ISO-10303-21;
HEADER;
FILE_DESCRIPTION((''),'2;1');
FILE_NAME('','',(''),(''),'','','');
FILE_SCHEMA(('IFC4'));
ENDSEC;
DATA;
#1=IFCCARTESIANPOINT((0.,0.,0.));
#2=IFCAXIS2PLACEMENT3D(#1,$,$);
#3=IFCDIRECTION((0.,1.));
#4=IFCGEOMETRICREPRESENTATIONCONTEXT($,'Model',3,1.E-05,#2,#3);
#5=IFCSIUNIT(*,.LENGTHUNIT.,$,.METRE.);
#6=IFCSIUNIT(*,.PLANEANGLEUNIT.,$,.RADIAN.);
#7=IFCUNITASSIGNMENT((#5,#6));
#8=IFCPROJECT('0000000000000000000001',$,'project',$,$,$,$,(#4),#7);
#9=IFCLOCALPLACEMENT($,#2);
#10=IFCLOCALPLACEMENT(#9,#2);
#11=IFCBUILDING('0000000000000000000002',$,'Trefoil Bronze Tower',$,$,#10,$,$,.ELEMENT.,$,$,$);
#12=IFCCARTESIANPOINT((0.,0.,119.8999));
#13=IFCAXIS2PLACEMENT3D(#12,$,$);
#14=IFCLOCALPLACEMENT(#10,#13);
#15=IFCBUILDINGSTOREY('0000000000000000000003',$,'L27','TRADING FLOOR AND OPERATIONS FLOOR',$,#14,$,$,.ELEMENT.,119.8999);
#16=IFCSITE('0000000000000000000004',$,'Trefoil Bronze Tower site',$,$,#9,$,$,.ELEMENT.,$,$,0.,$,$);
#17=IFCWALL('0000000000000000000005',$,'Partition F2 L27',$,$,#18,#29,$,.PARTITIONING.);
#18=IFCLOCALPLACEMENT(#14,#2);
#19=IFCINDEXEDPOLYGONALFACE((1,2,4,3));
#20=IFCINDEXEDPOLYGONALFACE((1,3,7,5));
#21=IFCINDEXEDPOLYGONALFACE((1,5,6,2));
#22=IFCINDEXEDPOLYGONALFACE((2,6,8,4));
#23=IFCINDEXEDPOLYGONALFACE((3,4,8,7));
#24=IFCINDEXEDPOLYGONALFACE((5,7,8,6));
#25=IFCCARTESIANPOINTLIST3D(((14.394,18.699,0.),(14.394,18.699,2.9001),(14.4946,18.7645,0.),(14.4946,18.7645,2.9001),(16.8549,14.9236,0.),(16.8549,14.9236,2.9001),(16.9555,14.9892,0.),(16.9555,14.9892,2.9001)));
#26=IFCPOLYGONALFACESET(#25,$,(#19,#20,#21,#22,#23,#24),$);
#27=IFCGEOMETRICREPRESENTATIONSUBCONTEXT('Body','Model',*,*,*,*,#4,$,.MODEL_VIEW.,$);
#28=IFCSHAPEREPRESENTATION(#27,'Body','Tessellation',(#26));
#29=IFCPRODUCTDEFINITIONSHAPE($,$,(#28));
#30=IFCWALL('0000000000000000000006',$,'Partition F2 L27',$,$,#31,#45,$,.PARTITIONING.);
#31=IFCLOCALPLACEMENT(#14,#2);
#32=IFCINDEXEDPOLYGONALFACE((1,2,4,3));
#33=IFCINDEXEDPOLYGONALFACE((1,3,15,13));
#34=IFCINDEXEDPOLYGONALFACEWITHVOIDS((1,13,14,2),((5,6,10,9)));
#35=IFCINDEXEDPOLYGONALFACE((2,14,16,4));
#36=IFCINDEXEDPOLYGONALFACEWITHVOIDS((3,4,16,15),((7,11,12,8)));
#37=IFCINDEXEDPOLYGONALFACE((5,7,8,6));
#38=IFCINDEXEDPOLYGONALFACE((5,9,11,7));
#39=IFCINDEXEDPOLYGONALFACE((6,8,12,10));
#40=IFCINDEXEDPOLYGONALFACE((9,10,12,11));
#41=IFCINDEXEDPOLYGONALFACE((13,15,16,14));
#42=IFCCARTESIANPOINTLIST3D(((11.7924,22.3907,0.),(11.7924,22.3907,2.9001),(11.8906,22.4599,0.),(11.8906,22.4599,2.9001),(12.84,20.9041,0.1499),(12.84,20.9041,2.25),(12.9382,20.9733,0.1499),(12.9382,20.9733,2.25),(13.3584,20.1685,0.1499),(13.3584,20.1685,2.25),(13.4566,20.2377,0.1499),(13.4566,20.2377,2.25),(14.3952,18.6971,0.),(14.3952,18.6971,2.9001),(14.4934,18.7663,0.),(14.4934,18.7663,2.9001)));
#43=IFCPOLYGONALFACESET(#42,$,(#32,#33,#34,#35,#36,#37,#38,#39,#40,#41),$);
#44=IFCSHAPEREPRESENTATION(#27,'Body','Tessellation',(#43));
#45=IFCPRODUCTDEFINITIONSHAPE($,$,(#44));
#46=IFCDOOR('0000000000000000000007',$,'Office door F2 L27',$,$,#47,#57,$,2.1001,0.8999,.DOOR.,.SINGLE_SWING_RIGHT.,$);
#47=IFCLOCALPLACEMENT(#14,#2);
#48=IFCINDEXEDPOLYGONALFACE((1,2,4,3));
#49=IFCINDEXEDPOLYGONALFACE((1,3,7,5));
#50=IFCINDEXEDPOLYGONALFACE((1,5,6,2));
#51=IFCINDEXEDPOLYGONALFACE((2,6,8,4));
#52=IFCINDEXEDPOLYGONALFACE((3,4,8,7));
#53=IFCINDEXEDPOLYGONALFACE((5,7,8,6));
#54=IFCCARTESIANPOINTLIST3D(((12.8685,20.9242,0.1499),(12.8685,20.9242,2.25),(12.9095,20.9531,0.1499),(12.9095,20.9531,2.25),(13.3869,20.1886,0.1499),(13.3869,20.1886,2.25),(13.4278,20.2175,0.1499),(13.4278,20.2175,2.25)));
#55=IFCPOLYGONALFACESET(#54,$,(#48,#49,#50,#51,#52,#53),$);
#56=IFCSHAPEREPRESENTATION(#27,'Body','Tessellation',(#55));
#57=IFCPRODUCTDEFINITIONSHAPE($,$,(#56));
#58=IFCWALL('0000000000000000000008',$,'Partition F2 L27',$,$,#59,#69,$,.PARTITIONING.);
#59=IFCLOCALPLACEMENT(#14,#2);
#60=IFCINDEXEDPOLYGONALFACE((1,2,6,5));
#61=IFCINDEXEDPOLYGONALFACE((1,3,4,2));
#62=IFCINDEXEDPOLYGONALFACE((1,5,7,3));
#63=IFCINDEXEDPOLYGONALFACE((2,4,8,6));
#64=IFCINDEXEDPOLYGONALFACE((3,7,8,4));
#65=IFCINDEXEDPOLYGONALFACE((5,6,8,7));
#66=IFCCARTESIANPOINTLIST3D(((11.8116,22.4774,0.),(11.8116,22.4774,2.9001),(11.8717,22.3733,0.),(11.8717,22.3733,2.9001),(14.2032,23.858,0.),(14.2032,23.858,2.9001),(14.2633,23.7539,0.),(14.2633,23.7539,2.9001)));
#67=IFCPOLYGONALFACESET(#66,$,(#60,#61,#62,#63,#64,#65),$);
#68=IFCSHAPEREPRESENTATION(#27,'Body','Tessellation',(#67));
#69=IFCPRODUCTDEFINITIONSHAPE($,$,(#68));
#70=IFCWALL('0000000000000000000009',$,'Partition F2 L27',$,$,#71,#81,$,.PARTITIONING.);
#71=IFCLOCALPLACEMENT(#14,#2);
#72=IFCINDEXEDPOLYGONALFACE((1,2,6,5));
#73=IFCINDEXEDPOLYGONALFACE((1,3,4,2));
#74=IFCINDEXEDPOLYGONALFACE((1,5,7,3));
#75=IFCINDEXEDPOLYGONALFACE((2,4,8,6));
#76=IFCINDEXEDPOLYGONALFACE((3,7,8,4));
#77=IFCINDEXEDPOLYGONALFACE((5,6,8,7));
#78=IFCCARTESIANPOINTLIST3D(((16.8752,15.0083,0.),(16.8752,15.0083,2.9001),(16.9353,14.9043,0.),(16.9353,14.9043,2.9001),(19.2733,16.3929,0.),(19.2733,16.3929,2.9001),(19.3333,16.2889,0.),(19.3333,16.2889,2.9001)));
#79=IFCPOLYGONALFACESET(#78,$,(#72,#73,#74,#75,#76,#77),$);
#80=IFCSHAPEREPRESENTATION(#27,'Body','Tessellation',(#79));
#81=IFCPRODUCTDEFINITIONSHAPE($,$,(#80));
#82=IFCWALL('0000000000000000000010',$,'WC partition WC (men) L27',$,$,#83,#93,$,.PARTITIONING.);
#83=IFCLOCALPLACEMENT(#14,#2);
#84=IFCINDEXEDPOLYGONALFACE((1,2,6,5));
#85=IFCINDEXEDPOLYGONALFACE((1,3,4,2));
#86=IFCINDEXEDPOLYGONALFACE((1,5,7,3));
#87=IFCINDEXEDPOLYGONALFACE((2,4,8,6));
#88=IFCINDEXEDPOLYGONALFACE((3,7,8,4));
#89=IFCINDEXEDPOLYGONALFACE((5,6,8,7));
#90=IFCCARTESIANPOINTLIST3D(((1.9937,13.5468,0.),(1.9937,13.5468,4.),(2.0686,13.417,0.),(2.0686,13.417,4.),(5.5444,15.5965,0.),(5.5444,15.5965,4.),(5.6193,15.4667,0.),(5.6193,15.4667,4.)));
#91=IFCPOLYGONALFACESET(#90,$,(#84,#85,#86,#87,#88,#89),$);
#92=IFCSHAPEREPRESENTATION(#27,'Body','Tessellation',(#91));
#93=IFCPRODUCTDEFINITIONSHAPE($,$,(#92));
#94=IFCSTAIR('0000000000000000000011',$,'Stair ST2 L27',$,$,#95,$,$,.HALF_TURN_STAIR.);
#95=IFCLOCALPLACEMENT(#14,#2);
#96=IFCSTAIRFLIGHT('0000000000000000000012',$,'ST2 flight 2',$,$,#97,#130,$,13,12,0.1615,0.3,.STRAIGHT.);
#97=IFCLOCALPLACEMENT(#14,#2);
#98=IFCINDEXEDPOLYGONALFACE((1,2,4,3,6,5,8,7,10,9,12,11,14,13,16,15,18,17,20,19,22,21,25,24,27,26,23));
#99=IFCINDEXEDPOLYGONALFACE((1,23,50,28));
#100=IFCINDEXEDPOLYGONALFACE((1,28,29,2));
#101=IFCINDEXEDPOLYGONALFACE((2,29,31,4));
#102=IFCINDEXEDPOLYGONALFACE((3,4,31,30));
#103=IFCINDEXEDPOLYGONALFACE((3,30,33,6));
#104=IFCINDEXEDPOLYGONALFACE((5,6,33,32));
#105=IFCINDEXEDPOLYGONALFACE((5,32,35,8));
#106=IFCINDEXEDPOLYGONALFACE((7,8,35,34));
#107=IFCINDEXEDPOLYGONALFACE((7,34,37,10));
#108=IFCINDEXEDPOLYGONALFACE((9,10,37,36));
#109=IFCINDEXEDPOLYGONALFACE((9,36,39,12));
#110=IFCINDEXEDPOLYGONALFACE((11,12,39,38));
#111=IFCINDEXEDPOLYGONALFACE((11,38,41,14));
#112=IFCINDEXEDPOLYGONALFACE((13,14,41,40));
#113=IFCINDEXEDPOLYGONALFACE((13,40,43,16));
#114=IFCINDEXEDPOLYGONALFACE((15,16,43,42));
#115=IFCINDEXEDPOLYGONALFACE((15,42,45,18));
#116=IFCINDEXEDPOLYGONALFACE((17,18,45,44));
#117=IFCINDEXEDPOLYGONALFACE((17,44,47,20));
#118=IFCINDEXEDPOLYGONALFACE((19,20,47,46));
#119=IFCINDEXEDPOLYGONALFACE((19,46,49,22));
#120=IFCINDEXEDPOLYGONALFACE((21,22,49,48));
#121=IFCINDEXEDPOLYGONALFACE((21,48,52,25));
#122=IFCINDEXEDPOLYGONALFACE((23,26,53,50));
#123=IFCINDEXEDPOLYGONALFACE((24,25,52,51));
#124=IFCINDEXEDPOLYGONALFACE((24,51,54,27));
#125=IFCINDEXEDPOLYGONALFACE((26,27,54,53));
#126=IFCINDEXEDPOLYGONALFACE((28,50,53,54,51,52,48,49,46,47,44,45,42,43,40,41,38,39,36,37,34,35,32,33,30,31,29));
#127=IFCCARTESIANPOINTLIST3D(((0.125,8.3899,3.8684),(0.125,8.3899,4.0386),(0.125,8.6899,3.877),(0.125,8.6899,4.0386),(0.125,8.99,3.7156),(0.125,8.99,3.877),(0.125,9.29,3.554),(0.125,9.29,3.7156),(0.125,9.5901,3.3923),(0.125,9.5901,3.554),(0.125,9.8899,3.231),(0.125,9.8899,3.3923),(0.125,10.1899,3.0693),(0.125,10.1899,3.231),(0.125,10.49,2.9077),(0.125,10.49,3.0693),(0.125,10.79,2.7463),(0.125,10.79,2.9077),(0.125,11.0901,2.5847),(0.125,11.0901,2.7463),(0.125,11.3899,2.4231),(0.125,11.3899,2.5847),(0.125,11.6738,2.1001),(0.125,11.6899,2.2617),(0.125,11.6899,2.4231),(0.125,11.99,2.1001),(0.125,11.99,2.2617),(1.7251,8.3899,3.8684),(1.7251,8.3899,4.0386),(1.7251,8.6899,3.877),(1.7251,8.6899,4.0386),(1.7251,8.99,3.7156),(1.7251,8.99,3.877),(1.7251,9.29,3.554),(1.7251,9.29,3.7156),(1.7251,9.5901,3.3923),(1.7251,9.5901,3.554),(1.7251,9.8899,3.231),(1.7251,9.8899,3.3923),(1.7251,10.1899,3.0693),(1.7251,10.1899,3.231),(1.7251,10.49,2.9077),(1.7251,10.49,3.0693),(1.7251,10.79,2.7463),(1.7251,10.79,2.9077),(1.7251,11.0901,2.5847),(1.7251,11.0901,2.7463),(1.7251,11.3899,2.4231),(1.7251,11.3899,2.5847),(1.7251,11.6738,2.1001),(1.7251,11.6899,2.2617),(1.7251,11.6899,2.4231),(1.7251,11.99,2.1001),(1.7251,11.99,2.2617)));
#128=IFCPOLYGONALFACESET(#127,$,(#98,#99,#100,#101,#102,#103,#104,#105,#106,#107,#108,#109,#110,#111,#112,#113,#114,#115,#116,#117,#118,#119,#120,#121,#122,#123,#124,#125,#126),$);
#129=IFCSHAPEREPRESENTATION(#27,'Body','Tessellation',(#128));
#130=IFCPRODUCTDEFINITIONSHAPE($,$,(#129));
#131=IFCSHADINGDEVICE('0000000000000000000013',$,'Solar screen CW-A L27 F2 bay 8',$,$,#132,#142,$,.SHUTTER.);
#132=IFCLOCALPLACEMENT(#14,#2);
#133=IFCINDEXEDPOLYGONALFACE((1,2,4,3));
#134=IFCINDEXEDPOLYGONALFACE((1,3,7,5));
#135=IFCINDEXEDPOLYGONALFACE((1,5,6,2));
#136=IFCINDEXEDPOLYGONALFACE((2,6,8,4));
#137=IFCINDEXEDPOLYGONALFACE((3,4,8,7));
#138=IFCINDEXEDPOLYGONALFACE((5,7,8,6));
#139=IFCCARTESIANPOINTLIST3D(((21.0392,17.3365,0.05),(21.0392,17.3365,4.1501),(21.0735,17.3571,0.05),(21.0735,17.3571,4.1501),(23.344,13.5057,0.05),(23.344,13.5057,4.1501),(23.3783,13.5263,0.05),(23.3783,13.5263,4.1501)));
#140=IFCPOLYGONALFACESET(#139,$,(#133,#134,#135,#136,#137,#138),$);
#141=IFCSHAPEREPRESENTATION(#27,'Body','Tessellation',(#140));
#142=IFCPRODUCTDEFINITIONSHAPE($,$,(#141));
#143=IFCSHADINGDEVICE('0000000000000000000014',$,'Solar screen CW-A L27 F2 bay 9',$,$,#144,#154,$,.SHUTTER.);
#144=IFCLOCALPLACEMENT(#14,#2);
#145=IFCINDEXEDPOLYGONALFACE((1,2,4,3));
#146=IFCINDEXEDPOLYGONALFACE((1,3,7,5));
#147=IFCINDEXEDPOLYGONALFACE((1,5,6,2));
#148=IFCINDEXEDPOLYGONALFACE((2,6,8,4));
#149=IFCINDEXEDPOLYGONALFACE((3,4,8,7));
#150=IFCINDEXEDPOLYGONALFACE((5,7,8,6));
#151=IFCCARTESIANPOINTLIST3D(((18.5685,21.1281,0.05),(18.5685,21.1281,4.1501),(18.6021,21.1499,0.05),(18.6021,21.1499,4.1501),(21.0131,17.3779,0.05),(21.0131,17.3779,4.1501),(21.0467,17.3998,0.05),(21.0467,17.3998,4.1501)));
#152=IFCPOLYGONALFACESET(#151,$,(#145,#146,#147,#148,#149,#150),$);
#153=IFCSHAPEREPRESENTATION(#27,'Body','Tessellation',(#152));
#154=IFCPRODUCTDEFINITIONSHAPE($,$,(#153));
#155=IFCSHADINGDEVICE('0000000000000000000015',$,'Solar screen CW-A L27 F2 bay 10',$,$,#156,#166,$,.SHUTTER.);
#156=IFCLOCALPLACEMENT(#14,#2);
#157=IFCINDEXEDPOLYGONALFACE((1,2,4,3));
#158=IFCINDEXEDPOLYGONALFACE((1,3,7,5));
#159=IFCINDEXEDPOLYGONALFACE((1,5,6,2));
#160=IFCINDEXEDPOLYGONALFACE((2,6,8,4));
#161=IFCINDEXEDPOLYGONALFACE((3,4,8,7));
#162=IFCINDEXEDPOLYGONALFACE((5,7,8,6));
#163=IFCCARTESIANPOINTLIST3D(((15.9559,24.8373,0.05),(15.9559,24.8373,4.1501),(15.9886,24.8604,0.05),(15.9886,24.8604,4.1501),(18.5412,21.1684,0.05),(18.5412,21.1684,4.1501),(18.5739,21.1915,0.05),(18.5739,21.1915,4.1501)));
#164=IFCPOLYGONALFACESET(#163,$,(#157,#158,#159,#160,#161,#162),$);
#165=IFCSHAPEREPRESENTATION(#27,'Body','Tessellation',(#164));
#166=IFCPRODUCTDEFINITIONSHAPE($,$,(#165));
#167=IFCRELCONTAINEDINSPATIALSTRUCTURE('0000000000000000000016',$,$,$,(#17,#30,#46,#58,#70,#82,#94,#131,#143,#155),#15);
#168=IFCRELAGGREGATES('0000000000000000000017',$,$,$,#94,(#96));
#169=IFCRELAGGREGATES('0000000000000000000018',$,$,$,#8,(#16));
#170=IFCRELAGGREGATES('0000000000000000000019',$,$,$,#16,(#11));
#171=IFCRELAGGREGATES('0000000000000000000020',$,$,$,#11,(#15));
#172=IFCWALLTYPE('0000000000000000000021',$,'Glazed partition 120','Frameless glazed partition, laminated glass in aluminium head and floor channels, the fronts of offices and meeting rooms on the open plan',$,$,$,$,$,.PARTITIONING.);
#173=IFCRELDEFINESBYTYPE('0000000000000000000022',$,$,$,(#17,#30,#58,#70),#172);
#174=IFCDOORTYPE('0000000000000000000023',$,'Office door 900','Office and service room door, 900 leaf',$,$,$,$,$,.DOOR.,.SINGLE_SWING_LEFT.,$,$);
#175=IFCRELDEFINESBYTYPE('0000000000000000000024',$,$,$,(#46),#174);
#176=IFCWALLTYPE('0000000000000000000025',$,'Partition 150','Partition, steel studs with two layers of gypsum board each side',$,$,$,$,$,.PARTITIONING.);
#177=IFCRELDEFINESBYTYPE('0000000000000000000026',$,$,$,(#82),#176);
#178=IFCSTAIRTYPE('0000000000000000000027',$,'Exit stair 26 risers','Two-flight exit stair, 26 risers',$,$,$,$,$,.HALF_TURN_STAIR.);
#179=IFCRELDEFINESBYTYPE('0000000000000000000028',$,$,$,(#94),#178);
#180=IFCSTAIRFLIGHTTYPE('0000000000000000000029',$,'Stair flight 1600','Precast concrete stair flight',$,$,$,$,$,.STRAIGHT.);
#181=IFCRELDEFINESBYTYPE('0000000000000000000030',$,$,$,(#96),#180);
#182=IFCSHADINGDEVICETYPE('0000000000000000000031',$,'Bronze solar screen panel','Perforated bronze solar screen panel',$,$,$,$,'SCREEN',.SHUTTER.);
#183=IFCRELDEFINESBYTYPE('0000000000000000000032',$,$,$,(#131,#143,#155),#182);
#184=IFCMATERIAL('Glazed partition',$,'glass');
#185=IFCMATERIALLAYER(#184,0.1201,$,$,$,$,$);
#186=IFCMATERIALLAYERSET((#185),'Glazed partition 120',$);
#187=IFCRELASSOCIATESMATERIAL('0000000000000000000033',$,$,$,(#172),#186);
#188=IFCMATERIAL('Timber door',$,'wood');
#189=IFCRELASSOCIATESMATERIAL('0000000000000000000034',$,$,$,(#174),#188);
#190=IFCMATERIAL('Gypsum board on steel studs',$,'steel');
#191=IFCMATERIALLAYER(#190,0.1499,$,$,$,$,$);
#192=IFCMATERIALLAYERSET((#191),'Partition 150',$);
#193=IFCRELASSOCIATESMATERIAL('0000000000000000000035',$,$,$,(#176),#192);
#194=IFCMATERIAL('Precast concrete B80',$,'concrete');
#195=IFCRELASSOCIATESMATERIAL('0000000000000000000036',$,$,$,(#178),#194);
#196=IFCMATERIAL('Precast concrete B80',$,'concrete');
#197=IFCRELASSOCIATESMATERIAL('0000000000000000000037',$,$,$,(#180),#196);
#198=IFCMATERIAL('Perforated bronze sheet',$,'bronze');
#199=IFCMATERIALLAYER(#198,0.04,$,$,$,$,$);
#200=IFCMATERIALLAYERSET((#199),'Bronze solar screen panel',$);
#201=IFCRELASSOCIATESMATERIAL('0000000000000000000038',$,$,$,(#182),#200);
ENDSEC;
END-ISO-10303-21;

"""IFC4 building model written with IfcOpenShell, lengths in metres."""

from ifc_helpers import new_model, si_unit, direction, frame, frame_2d, origin, origin_2d, place, context, subcontext, project, spatial, polyline, rectangle, outline, extrude, material, layer, layer_set, type_object, element, fill, aggregate, save


model = new_model("IFC4")

# Units and contexts
model_context = context("Model", 3, precision=1e-05, world=origin(), true_north=direction((0.0, 1.0)))
body_context = subcontext(model_context, "Body", "Model", "MODEL_VIEW")
ifc_project = project(units=[si_unit("LENGTHUNIT", "METRE"), si_unit("PLANEANGLEUNIT", "RADIAN")], contexts=[model_context])

# Site, building, storey
site_placement = place(None, origin())
site = spatial("IfcSite", under=ifc_project, at=site_placement, Name="Trefoil Bronze Tower site", CompositionType="ELEMENT", RefElevation=0.0)
building_placement = place(site_placement, origin())
building = spatial("IfcBuilding", under=site, at=building_placement, Name="Trefoil Bronze Tower", CompositionType="ELEMENT")
storey_placement = place(building_placement, frame((0.0, 0.0, 119.8999)))
storey = spatial("IfcBuildingStorey", under=building, at=storey_placement, Name="L27", Description="TRADING FLOOR AND OPERATIONS FLOOR", CompositionType="ELEMENT", Elevation=119.8999)

# Wall
ifc_material_1 = material(Name="Glazed partition", Category="glass")
ifc_layer_1 = layer(ifc_material_1, 0.1201)
ifc_layer_set_1 = layer_set([ifc_layer_1], Name="Glazed partition 120")
wall_type_1 = type_object("IfcWallType", Name="Glazed partition 120", Description="Frameless glazed partition, laminated glass in aluminium head and floor channels, the fronts of offices and meeting rooms on the open plan", PredefinedType="PARTITIONING", material=ifc_layer_set_1)
wall_1_placement = place(storey_placement, frame((16.9053, 14.9563, 0.0), z_axis=(0.0, 0.0, 1.0), x_axis=(-0.546069, 0.83774, 0.0)))
element("IfcWall", 1, at=wall_1_placement, inside=storey, type_object=wall_type_1, Name="Partition F2 L27", PredefinedType="PARTITIONING", context=body_context, shape_type="SweptSolid", body=[
    extrude(rectangle(XDim=4.5066, YDim=0.1201, at=frame_2d((2.2534, 0.0))), origin(), (0.0, 0.0, 1.0), 2.9001),
])

# Wall, opening, door
wall_2_placement = place(storey_placement, frame((14.4443, 18.7317, 0.0), z_axis=(0.0, 0.0, 1.0), x_axis=(-0.576023, 0.817433, 0.0)))
wall_2 = element("IfcWall", 2, at=wall_2_placement, inside=storey, type_object=wall_type_1, Name="Partition F2 L27", PredefinedType="PARTITIONING", context=body_context, shape_type="SweptSolid", body=[
    extrude(rectangle(XDim=4.5186, YDim=0.1201, at=frame_2d((2.2593, 0.0))), origin(), (0.0, 0.0, 1.0), 2.9001),
])
opening_placement = place(wall_2_placement, frame((1.8, 0.0, 0.1499)))
opening = element("IfcOpeningElement", 3, at=opening_placement, cuts=wall_2, PredefinedType="OPENING", context=body_context, shape_type="SweptSolid", body=[
    extrude(rectangle(XDim=0.8999, YDim=2.1001, at=frame_2d((0.45, 1.05))), frame((0.0, 0.0701, 0.0), z_axis=(0.0, -1.0, 0.0), x_axis=(1.0, 0.0, 0.0)), (0.0, 0.0, 1.0), 0.1401),
])
ifc_material_2 = material(Name="Timber door", Category="wood")
door_type = type_object("IfcDoorType", Name="Office door 900", Description="Office and service room door, 900 leaf", OperationType="SINGLE_SWING_LEFT", PredefinedType="DOOR", material=ifc_material_2)
door_placement = place(opening_placement, frame((0.8999, 0.0, 0.0), z_axis=(0.0, 0.0, 1.0), x_axis=(-1.0, 0.0, 0.0)))
door = element("IfcDoor", 4, at=door_placement, inside=storey, type_object=door_type, Name="Office door F2 L27", OperationType="SINGLE_SWING_RIGHT", OverallHeight=2.1001, OverallWidth=0.8999, PredefinedType="DOOR", context=body_context, shape_type="SweptSolid", body=[
    extrude(rectangle(XDim=0.8999, YDim=2.1001, at=frame_2d((0.45, 1.05))), frame((0.0, 0.0249, 0.0), z_axis=(0.0, -1.0, 0.0), x_axis=(1.0, 0.0, 0.0)), (0.0, 0.0, 1.0), 0.05),
])
fill(opening, door)

# Walls
wall_3_placement = place(storey_placement, frame((11.8416, 22.4253, 0.0), z_axis=(0.0, 0.0, 1.0), x_axis=(0.866053, 0.499952, 0.0)))
element("IfcWall", 5, at=wall_3_placement, inside=storey, type_object=wall_type_1, Name="Partition F2 L27", PredefinedType="PARTITIONING", context=body_context, shape_type="SweptSolid", body=[
    extrude(rectangle(XDim=2.7615, YDim=0.1201, at=frame_2d((1.3809, 0.0))), origin(), (0.0, 0.0, 1.0), 2.9001),
])
wall_4_placement = place(storey_placement, frame((16.9053, 14.9563, 0.0), z_axis=(0.0, 0.0, 1.0), x_axis=(0.866015, 0.500018, 0.0)))
element("IfcWall", 6, at=wall_4_placement, inside=storey, type_object=wall_type_1, Name="Partition F2 L27", PredefinedType="PARTITIONING", context=body_context, shape_type="SweptSolid", body=[
    extrude(rectangle(XDim=2.769, YDim=0.1201, at=frame_2d((1.3845, 0.0))), origin(), (0.0, 0.0, 1.0), 2.9001),
])
ifc_material_3 = material(Name="Gypsum board on steel studs", Category="steel")
ifc_layer_2 = layer(ifc_material_3, 0.1499)
ifc_layer_set_2 = layer_set([ifc_layer_2], Name="Partition 150")
wall_type_2 = type_object("IfcWallType", Name="Partition 150", Description="Partition, steel studs with two layers of gypsum board each side", PredefinedType="PARTITIONING", material=ifc_layer_set_2)
wall_5_placement = place(storey_placement, frame((2.0312, 13.4819, 0.0), z_axis=(0.0, 0.0, 1.0), x_axis=(0.866051, 0.499956, 0.0)))
element("IfcWall", 7, at=wall_5_placement, inside=storey, type_object=wall_type_2, Name="WC partition WC (men) L27", PredefinedType="PARTITIONING", context=body_context, shape_type="SweptSolid", body=[
    extrude(rectangle(XDim=4.0999, YDim=0.1499, at=frame_2d((2.0498, 0.0))), origin(), (0.0, 0.0, 1.0), 4.0),
])

# Stair, stair flight
ifc_material_4 = material(Name="Precast concrete B80", Category="concrete")
stair_type = type_object("IfcStairType", Name="Exit stair 26 risers", Description="Two-flight exit stair, 26 risers", PredefinedType="HALF_TURN_STAIR", material=ifc_material_4)
stair_placement = place(storey_placement, origin())
stair = element("IfcStair", 8, at=stair_placement, inside=storey, type_object=stair_type, Name="Stair ST2 L27", PredefinedType="HALF_TURN_STAIR")
ifc_material_5 = material(Name="Precast concrete B80", Category="concrete")
stair_flight_type = type_object("IfcStairFlightType", Name="Stair flight 1600", Description="Precast concrete stair flight", PredefinedType="STRAIGHT", material=ifc_material_5)
stair_flight_placement = place(storey_placement, frame((0.925, 11.99, 2.1001), z_axis=(0.0, 0.0, 1.0), x_axis=(0.0, -1.0, 0.0)))
stair_flight = element("IfcStairFlight", 9, at=stair_flight_placement, type_object=stair_flight_type, Name="ST2 flight 2", NumberOfRisers=13, NumberOfTreads=12, PredefinedType="STRAIGHT", RiserHeight=0.1615, TreadLength=0.3, context=body_context, shape_type="SweptSolid", body=[
    extrude(outline(polyline([(0.0, 0.0), (0.0, 0.1616), (0.3, 0.1616), (0.3, 0.323), (0.6001, 0.323), (0.6001, 0.4846), (0.8999, 0.4846), (0.8999, 0.6462), (1.2, 0.6462), (1.2, 0.8076), (1.5, 0.8076), (1.5, 0.9692), (1.8, 0.9692), (1.8, 1.1309), (2.1001, 1.1309), (2.1001, 1.2922), (2.3999, 1.2922), (2.3999, 1.4539), (2.7, 1.4539), (2.7, 1.6155), (3.0, 1.6155), (3.0, 1.7769), (3.3, 1.7769), (3.3, 1.9385), (3.6001, 1.9385), (3.6001, 2.1001), (3.6001, 1.7683), (0.3162, 0.0), (0.0, 0.0)])), frame((0.0, 0.8, 0.0), z_axis=(0.0, -1.0, 0.0), x_axis=(1.0, 0.0, 0.0)), (0.0, 0.0, 1.0), 1.6001),
])
aggregate(stair, [stair_flight])

# Shading devices
ifc_material_6 = material(Name="Perforated bronze sheet", Category="bronze")
ifc_layer_3 = layer(ifc_material_6, 0.04)
ifc_layer_set_3 = layer_set([ifc_layer_3], Name="Bronze solar screen panel")
shading_device_type = type_object("IfcShadingDeviceType", Name="Bronze solar screen panel", Description="Perforated bronze solar screen panel", ElementType="SCREEN", PredefinedType="SHUTTER", material=ifc_layer_set_3)
shading_device_1_placement = place(storey_placement, frame((22.2087, 15.4314, 0.05), z_axis=(0.0, 0.0, 1.0), x_axis=(-0.515525, 0.856874, 0.0)))
element("IfcShadingDevice", 10, at=shading_device_1_placement, inside=storey, type_object=shading_device_type, Name="Solar screen CW-A L27 F2 bay 8", PredefinedType="SHUTTER", context=body_context, shape_type="SweptSolid", body=[
    extrude(rectangle(XDim=4.4707, YDim=0.04, at=origin_2d()), origin(), (0.0, 0.0, 1.0), 4.1001),
])
shading_device_2_placement = place(storey_placement, frame((19.8076, 19.2639, 0.05), z_axis=(0.0, 0.0, 1.0), x_axis=(-0.546089, 0.837727, 0.0)))
element("IfcShadingDevice", 11, at=shading_device_2_placement, inside=storey, type_object=shading_device_type, Name="Solar screen CW-A L27 F2 bay 9", PredefinedType="SHUTTER", context=body_context, shape_type="SweptSolid", body=[
    extrude(rectangle(XDim=4.4766, YDim=0.04, at=origin_2d()), origin(), (0.0, 0.0, 1.0), 4.1001),
])
shading_device_3_placement = place(storey_placement, frame((17.2649, 23.0144, 0.05), z_axis=(0.0, 0.0, 1.0), x_axis=(-0.575999, 0.81745, 0.0)))
element("IfcShadingDevice", 12, at=shading_device_3_placement, inside=storey, type_object=shading_device_type, Name="Solar screen CW-A L27 F2 bay 10", PredefinedType="SHUTTER", context=body_context, shape_type="SweptSolid", body=[
    extrude(rectangle(XDim=4.4883, YDim=0.04, at=origin_2d()), origin(), (0.0, 0.0, 1.0), 4.1001),
])

save(model, "model.ifc")
